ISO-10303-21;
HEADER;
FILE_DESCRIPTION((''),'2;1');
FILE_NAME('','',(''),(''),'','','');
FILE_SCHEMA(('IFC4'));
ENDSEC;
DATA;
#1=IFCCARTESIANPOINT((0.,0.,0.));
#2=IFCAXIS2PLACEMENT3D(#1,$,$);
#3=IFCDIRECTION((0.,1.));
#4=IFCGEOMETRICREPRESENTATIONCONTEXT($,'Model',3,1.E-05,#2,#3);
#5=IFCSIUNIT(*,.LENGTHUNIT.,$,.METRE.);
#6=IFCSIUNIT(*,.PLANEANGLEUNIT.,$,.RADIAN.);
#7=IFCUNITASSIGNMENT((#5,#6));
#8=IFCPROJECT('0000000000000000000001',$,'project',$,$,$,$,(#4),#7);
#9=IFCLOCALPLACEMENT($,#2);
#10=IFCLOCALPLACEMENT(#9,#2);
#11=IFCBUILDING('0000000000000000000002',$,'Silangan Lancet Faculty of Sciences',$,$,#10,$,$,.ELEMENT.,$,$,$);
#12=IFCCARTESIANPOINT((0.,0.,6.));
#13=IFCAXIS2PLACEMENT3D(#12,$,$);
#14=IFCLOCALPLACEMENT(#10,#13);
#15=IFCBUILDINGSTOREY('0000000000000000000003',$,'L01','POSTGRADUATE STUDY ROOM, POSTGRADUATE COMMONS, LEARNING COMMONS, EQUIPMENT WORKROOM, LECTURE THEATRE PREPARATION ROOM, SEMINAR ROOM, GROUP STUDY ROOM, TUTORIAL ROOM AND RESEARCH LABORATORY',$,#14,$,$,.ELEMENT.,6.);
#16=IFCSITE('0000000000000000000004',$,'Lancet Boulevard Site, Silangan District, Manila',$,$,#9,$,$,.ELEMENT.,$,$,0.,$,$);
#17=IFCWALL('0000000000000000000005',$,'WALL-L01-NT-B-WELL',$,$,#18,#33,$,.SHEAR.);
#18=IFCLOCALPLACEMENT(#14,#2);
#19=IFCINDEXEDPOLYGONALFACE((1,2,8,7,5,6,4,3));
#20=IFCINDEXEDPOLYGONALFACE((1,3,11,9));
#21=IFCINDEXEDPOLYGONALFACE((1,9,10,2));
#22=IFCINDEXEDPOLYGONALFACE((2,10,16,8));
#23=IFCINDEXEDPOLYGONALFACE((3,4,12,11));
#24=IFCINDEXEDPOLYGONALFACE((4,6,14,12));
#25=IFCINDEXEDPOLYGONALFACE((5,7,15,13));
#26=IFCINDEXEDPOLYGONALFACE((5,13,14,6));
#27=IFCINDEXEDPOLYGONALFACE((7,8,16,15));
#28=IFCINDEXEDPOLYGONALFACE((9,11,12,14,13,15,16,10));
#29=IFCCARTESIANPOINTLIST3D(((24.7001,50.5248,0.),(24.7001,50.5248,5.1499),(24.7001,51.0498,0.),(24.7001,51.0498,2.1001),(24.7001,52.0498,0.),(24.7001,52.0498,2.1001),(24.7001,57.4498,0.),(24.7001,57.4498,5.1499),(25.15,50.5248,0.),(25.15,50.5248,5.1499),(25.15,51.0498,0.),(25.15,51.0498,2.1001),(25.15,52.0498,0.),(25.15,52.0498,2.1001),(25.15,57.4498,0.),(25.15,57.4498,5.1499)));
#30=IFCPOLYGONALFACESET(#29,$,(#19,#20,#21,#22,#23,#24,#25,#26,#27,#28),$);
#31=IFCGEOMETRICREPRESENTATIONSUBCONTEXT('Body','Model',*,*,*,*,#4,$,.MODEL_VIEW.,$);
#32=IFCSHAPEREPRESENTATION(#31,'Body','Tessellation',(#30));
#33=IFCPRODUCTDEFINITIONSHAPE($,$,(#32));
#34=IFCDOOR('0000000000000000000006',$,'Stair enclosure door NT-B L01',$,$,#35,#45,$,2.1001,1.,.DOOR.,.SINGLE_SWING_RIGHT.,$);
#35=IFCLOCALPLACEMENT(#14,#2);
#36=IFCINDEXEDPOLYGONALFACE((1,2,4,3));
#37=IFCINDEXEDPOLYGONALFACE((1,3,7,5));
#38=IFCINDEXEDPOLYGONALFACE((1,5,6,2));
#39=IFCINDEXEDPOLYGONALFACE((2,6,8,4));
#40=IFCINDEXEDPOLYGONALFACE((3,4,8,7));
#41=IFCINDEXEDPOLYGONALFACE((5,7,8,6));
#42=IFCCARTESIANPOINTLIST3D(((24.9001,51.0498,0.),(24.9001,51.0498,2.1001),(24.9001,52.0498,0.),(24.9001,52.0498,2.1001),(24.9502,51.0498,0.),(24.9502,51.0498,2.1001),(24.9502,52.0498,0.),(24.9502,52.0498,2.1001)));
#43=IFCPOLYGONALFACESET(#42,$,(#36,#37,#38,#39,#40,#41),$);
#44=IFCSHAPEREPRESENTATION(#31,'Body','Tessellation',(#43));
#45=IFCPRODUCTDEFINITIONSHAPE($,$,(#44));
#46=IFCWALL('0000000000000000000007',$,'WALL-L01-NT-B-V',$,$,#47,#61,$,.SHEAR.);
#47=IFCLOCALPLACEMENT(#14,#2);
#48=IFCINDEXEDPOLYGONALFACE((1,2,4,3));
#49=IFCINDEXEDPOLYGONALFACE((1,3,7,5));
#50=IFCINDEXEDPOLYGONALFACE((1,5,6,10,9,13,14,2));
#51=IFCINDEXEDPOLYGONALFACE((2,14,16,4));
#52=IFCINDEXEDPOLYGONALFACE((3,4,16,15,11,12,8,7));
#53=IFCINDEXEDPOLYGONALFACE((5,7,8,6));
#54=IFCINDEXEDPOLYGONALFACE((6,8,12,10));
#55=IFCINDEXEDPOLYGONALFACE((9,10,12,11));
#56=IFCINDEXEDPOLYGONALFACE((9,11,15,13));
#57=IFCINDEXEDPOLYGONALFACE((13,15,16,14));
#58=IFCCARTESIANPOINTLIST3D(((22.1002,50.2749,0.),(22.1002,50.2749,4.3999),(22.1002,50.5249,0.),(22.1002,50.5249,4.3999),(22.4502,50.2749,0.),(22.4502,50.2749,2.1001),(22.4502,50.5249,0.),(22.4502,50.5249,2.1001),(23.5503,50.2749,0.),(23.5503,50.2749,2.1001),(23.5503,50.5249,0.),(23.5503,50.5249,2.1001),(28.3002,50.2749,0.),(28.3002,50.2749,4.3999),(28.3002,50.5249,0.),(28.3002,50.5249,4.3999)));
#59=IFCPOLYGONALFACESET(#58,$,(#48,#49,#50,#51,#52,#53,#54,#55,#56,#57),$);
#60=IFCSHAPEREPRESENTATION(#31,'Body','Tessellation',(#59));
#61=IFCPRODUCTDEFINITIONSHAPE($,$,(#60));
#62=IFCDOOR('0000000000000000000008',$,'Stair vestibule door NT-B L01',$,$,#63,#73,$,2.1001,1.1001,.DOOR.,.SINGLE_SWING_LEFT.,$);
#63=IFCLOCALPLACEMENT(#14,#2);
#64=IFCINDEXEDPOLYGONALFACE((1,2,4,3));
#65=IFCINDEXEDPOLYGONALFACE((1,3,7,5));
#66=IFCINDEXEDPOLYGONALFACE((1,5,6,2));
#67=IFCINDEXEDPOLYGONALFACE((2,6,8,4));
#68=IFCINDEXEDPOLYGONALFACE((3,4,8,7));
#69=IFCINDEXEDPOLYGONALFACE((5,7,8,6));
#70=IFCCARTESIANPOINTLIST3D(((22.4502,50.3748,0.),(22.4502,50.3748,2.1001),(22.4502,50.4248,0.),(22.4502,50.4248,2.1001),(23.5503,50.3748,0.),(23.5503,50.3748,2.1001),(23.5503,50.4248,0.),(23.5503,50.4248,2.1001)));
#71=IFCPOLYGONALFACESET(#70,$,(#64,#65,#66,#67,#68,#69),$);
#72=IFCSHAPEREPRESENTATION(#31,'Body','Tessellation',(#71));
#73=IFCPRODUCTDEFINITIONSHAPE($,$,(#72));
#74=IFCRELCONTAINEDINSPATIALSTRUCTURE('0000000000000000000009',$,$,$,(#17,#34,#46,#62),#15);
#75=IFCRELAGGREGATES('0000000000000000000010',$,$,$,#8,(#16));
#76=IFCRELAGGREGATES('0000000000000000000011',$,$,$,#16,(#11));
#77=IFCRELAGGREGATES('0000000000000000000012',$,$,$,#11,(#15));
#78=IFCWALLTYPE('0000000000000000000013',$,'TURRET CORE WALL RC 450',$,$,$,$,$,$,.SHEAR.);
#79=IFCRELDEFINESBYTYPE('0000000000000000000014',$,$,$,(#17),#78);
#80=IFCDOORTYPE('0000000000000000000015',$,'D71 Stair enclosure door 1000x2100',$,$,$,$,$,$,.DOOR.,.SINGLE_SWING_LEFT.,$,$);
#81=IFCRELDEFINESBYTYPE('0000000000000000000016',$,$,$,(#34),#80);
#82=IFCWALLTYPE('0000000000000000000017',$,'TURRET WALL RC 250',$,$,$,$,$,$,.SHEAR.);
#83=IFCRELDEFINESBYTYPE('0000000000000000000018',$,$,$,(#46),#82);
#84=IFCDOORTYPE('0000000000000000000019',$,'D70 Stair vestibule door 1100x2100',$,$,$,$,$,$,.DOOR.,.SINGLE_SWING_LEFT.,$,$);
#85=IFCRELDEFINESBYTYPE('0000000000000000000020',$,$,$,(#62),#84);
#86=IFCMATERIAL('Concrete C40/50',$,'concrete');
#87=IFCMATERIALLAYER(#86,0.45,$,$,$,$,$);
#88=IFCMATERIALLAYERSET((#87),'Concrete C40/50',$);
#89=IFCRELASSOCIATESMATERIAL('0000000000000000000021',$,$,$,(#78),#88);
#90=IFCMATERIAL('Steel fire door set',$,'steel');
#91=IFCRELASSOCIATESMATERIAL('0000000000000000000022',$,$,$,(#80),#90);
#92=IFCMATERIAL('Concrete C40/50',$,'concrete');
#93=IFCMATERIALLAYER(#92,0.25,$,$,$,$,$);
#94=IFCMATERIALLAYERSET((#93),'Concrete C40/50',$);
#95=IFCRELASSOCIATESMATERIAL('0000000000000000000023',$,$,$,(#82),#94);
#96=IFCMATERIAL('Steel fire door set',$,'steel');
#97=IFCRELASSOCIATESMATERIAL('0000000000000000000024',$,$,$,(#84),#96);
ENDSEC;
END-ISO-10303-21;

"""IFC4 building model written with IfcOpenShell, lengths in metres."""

from ifc_helpers import new_model, si_unit, direction, frame, frame_2d, origin, place, context, subcontext, project, spatial, rectangle, extrude, material, layer, layer_set, type_object, element, fill, save


model = new_model("IFC4")

# Units and contexts
model_context = context("Model", 3, precision=1e-05, world=origin(), true_north=direction((0.0, 1.0)))
body_context = subcontext(model_context, "Body", "Model", "MODEL_VIEW")
ifc_project = project(units=[si_unit("LENGTHUNIT", "METRE"), si_unit("PLANEANGLEUNIT", "RADIAN")], contexts=[model_context])

# Site, building, storey
site_placement = place(None, origin())
site = spatial("IfcSite", under=ifc_project, at=site_placement, Name="Lancet Boulevard Site, Silangan District, Manila", CompositionType="ELEMENT", RefElevation=0.0)
building_placement = place(site_placement, origin())
building = spatial("IfcBuilding", under=site, at=building_placement, Name="Silangan Lancet Faculty of Sciences", CompositionType="ELEMENT")
storey_placement = place(building_placement, frame((0.0, 0.0, 6.0)))
storey = spatial("IfcBuildingStorey", under=building, at=storey_placement, Name="L01", Description="POSTGRADUATE STUDY ROOM, POSTGRADUATE COMMONS, LEARNING COMMONS, EQUIPMENT WORKROOM, LECTURE THEATRE PREPARATION ROOM, SEMINAR ROOM, GROUP STUDY ROOM, TUTORIAL ROOM AND RESEARCH LABORATORY", CompositionType="ELEMENT", Elevation=6.0)

# Walls, openings, doors
ifc_material_1 = material(Name="Concrete C40/50", Category="concrete")
ifc_layer_1 = layer(ifc_material_1, 0.45)
ifc_layer_set_1 = layer_set([ifc_layer_1], Name="Concrete C40/50")
wall_type_1 = type_object("IfcWallType", Name="TURRET CORE WALL RC 450", PredefinedType="SHEAR", material=ifc_layer_set_1)
wall_1_placement = place(storey_placement, frame((24.925, 50.5249, 0.0), z_axis=(0.0, 0.0, 1.0), x_axis=(0.0, 1.0, 0.0)))
wall_1 = element("IfcWall", 1, at=wall_1_placement, inside=storey, type_object=wall_type_1, Name="WALL-L01-NT-B-WELL", PredefinedType="SHEAR", context=body_context, shape_type="SweptSolid", body=[
    extrude(rectangle(XDim=6.925, YDim=0.45, at=frame_2d((3.4624, 0.0))), origin(), (0.0, 0.0, 1.0), 5.1499),
])
opening_1_placement = place(wall_1_placement, frame((0.5249, 0.0, 0.0)))
opening_1 = element("IfcOpeningElement", 2, at=opening_1_placement, cuts=wall_1, PredefinedType="OPENING", context=body_context, shape_type="SweptSolid", body=[
    extrude(rectangle(XDim=1.0, YDim=2.1001, at=frame_2d((0.5, 1.05))), frame((0.0, 0.2349, 0.0), z_axis=(0.0, -1.0, 0.0), x_axis=(1.0, 0.0, 0.0)), (0.0, 0.0, 1.0), 0.47),
])
ifc_material_2 = material(Name="Steel fire door set", Category="steel")
door_type_1 = type_object("IfcDoorType", Name="D71 Stair enclosure door 1000x2100", OperationType="SINGLE_SWING_LEFT", PredefinedType="DOOR", material=ifc_material_2)
door_1_placement = place(opening_1_placement, frame((1.0, 0.0, 0.0), z_axis=(0.0, 0.0, 1.0), x_axis=(-1.0, 0.0, 0.0)))
door_1 = element("IfcDoor", 3, at=door_1_placement, inside=storey, type_object=door_type_1, Name="Stair enclosure door NT-B L01", OperationType="SINGLE_SWING_RIGHT", OverallHeight=2.1001, OverallWidth=1.0, PredefinedType="DOOR", context=body_context, shape_type="SweptSolid", body=[
    extrude(rectangle(XDim=1.0, YDim=2.1001, at=frame_2d((0.5, 1.05))), frame((0.0, 0.0251, 0.0), z_axis=(0.0, -1.0, 0.0), x_axis=(1.0, 0.0, 0.0)), (0.0, 0.0, 1.0), 0.05),
])
fill(opening_1, door_1)
ifc_material_3 = material(Name="Concrete C40/50", Category="concrete")
ifc_layer_2 = layer(ifc_material_3, 0.25)
ifc_layer_set_2 = layer_set([ifc_layer_2], Name="Concrete C40/50")
wall_type_2 = type_object("IfcWallType", Name="TURRET WALL RC 250", PredefinedType="SHEAR", material=ifc_layer_set_2)
wall_2_placement = place(storey_placement, frame((22.1001, 50.3999, 0.0), z_axis=(0.0, 0.0, 1.0), x_axis=(1.0, 0.0, 0.0)))
wall_2 = element("IfcWall", 4, at=wall_2_placement, inside=storey, type_object=wall_type_2, Name="WALL-L01-NT-B-V", PredefinedType="SHEAR", context=body_context, shape_type="SweptSolid", body=[
    extrude(rectangle(XDim=6.2, YDim=0.25, at=frame_2d((3.1001, 0.0))), origin(), (0.0, 0.0, 1.0), 4.3999),
])
opening_2_placement = place(wall_2_placement, frame((0.3501, 0.0, 0.0)))
opening_2 = element("IfcOpeningElement", 5, at=opening_2_placement, cuts=wall_2, PredefinedType="OPENING", context=body_context, shape_type="SweptSolid", body=[
    extrude(rectangle(XDim=1.1001, YDim=2.1001, at=frame_2d((0.55, 1.05))), frame((0.0, 0.135, 0.0), z_axis=(0.0, -1.0, 0.0), x_axis=(1.0, 0.0, 0.0)), (0.0, 0.0, 1.0), 0.27),
])
ifc_material_4 = material(Name="Steel fire door set", Category="steel")
door_type_2 = type_object("IfcDoorType", Name="D70 Stair vestibule door 1100x2100", OperationType="SINGLE_SWING_LEFT", PredefinedType="DOOR", material=ifc_material_4)
door_2_placement = place(opening_2_placement, origin())
door_2 = element("IfcDoor", 6, at=door_2_placement, inside=storey, type_object=door_type_2, Name="Stair vestibule door NT-B L01", OperationType="SINGLE_SWING_LEFT", OverallHeight=2.1001, OverallWidth=1.1001, PredefinedType="DOOR", context=body_context, shape_type="SweptSolid", body=[
    extrude(rectangle(XDim=1.1001, YDim=2.1001, at=frame_2d((0.55, 1.05))), frame((0.0, 0.0249, 0.0), z_axis=(0.0, -1.0, 0.0), x_axis=(1.0, 0.0, 0.0)), (0.0, 0.0, 1.0), 0.05),
])
fill(opening_2, door_2)

save(model, "model.ifc")
